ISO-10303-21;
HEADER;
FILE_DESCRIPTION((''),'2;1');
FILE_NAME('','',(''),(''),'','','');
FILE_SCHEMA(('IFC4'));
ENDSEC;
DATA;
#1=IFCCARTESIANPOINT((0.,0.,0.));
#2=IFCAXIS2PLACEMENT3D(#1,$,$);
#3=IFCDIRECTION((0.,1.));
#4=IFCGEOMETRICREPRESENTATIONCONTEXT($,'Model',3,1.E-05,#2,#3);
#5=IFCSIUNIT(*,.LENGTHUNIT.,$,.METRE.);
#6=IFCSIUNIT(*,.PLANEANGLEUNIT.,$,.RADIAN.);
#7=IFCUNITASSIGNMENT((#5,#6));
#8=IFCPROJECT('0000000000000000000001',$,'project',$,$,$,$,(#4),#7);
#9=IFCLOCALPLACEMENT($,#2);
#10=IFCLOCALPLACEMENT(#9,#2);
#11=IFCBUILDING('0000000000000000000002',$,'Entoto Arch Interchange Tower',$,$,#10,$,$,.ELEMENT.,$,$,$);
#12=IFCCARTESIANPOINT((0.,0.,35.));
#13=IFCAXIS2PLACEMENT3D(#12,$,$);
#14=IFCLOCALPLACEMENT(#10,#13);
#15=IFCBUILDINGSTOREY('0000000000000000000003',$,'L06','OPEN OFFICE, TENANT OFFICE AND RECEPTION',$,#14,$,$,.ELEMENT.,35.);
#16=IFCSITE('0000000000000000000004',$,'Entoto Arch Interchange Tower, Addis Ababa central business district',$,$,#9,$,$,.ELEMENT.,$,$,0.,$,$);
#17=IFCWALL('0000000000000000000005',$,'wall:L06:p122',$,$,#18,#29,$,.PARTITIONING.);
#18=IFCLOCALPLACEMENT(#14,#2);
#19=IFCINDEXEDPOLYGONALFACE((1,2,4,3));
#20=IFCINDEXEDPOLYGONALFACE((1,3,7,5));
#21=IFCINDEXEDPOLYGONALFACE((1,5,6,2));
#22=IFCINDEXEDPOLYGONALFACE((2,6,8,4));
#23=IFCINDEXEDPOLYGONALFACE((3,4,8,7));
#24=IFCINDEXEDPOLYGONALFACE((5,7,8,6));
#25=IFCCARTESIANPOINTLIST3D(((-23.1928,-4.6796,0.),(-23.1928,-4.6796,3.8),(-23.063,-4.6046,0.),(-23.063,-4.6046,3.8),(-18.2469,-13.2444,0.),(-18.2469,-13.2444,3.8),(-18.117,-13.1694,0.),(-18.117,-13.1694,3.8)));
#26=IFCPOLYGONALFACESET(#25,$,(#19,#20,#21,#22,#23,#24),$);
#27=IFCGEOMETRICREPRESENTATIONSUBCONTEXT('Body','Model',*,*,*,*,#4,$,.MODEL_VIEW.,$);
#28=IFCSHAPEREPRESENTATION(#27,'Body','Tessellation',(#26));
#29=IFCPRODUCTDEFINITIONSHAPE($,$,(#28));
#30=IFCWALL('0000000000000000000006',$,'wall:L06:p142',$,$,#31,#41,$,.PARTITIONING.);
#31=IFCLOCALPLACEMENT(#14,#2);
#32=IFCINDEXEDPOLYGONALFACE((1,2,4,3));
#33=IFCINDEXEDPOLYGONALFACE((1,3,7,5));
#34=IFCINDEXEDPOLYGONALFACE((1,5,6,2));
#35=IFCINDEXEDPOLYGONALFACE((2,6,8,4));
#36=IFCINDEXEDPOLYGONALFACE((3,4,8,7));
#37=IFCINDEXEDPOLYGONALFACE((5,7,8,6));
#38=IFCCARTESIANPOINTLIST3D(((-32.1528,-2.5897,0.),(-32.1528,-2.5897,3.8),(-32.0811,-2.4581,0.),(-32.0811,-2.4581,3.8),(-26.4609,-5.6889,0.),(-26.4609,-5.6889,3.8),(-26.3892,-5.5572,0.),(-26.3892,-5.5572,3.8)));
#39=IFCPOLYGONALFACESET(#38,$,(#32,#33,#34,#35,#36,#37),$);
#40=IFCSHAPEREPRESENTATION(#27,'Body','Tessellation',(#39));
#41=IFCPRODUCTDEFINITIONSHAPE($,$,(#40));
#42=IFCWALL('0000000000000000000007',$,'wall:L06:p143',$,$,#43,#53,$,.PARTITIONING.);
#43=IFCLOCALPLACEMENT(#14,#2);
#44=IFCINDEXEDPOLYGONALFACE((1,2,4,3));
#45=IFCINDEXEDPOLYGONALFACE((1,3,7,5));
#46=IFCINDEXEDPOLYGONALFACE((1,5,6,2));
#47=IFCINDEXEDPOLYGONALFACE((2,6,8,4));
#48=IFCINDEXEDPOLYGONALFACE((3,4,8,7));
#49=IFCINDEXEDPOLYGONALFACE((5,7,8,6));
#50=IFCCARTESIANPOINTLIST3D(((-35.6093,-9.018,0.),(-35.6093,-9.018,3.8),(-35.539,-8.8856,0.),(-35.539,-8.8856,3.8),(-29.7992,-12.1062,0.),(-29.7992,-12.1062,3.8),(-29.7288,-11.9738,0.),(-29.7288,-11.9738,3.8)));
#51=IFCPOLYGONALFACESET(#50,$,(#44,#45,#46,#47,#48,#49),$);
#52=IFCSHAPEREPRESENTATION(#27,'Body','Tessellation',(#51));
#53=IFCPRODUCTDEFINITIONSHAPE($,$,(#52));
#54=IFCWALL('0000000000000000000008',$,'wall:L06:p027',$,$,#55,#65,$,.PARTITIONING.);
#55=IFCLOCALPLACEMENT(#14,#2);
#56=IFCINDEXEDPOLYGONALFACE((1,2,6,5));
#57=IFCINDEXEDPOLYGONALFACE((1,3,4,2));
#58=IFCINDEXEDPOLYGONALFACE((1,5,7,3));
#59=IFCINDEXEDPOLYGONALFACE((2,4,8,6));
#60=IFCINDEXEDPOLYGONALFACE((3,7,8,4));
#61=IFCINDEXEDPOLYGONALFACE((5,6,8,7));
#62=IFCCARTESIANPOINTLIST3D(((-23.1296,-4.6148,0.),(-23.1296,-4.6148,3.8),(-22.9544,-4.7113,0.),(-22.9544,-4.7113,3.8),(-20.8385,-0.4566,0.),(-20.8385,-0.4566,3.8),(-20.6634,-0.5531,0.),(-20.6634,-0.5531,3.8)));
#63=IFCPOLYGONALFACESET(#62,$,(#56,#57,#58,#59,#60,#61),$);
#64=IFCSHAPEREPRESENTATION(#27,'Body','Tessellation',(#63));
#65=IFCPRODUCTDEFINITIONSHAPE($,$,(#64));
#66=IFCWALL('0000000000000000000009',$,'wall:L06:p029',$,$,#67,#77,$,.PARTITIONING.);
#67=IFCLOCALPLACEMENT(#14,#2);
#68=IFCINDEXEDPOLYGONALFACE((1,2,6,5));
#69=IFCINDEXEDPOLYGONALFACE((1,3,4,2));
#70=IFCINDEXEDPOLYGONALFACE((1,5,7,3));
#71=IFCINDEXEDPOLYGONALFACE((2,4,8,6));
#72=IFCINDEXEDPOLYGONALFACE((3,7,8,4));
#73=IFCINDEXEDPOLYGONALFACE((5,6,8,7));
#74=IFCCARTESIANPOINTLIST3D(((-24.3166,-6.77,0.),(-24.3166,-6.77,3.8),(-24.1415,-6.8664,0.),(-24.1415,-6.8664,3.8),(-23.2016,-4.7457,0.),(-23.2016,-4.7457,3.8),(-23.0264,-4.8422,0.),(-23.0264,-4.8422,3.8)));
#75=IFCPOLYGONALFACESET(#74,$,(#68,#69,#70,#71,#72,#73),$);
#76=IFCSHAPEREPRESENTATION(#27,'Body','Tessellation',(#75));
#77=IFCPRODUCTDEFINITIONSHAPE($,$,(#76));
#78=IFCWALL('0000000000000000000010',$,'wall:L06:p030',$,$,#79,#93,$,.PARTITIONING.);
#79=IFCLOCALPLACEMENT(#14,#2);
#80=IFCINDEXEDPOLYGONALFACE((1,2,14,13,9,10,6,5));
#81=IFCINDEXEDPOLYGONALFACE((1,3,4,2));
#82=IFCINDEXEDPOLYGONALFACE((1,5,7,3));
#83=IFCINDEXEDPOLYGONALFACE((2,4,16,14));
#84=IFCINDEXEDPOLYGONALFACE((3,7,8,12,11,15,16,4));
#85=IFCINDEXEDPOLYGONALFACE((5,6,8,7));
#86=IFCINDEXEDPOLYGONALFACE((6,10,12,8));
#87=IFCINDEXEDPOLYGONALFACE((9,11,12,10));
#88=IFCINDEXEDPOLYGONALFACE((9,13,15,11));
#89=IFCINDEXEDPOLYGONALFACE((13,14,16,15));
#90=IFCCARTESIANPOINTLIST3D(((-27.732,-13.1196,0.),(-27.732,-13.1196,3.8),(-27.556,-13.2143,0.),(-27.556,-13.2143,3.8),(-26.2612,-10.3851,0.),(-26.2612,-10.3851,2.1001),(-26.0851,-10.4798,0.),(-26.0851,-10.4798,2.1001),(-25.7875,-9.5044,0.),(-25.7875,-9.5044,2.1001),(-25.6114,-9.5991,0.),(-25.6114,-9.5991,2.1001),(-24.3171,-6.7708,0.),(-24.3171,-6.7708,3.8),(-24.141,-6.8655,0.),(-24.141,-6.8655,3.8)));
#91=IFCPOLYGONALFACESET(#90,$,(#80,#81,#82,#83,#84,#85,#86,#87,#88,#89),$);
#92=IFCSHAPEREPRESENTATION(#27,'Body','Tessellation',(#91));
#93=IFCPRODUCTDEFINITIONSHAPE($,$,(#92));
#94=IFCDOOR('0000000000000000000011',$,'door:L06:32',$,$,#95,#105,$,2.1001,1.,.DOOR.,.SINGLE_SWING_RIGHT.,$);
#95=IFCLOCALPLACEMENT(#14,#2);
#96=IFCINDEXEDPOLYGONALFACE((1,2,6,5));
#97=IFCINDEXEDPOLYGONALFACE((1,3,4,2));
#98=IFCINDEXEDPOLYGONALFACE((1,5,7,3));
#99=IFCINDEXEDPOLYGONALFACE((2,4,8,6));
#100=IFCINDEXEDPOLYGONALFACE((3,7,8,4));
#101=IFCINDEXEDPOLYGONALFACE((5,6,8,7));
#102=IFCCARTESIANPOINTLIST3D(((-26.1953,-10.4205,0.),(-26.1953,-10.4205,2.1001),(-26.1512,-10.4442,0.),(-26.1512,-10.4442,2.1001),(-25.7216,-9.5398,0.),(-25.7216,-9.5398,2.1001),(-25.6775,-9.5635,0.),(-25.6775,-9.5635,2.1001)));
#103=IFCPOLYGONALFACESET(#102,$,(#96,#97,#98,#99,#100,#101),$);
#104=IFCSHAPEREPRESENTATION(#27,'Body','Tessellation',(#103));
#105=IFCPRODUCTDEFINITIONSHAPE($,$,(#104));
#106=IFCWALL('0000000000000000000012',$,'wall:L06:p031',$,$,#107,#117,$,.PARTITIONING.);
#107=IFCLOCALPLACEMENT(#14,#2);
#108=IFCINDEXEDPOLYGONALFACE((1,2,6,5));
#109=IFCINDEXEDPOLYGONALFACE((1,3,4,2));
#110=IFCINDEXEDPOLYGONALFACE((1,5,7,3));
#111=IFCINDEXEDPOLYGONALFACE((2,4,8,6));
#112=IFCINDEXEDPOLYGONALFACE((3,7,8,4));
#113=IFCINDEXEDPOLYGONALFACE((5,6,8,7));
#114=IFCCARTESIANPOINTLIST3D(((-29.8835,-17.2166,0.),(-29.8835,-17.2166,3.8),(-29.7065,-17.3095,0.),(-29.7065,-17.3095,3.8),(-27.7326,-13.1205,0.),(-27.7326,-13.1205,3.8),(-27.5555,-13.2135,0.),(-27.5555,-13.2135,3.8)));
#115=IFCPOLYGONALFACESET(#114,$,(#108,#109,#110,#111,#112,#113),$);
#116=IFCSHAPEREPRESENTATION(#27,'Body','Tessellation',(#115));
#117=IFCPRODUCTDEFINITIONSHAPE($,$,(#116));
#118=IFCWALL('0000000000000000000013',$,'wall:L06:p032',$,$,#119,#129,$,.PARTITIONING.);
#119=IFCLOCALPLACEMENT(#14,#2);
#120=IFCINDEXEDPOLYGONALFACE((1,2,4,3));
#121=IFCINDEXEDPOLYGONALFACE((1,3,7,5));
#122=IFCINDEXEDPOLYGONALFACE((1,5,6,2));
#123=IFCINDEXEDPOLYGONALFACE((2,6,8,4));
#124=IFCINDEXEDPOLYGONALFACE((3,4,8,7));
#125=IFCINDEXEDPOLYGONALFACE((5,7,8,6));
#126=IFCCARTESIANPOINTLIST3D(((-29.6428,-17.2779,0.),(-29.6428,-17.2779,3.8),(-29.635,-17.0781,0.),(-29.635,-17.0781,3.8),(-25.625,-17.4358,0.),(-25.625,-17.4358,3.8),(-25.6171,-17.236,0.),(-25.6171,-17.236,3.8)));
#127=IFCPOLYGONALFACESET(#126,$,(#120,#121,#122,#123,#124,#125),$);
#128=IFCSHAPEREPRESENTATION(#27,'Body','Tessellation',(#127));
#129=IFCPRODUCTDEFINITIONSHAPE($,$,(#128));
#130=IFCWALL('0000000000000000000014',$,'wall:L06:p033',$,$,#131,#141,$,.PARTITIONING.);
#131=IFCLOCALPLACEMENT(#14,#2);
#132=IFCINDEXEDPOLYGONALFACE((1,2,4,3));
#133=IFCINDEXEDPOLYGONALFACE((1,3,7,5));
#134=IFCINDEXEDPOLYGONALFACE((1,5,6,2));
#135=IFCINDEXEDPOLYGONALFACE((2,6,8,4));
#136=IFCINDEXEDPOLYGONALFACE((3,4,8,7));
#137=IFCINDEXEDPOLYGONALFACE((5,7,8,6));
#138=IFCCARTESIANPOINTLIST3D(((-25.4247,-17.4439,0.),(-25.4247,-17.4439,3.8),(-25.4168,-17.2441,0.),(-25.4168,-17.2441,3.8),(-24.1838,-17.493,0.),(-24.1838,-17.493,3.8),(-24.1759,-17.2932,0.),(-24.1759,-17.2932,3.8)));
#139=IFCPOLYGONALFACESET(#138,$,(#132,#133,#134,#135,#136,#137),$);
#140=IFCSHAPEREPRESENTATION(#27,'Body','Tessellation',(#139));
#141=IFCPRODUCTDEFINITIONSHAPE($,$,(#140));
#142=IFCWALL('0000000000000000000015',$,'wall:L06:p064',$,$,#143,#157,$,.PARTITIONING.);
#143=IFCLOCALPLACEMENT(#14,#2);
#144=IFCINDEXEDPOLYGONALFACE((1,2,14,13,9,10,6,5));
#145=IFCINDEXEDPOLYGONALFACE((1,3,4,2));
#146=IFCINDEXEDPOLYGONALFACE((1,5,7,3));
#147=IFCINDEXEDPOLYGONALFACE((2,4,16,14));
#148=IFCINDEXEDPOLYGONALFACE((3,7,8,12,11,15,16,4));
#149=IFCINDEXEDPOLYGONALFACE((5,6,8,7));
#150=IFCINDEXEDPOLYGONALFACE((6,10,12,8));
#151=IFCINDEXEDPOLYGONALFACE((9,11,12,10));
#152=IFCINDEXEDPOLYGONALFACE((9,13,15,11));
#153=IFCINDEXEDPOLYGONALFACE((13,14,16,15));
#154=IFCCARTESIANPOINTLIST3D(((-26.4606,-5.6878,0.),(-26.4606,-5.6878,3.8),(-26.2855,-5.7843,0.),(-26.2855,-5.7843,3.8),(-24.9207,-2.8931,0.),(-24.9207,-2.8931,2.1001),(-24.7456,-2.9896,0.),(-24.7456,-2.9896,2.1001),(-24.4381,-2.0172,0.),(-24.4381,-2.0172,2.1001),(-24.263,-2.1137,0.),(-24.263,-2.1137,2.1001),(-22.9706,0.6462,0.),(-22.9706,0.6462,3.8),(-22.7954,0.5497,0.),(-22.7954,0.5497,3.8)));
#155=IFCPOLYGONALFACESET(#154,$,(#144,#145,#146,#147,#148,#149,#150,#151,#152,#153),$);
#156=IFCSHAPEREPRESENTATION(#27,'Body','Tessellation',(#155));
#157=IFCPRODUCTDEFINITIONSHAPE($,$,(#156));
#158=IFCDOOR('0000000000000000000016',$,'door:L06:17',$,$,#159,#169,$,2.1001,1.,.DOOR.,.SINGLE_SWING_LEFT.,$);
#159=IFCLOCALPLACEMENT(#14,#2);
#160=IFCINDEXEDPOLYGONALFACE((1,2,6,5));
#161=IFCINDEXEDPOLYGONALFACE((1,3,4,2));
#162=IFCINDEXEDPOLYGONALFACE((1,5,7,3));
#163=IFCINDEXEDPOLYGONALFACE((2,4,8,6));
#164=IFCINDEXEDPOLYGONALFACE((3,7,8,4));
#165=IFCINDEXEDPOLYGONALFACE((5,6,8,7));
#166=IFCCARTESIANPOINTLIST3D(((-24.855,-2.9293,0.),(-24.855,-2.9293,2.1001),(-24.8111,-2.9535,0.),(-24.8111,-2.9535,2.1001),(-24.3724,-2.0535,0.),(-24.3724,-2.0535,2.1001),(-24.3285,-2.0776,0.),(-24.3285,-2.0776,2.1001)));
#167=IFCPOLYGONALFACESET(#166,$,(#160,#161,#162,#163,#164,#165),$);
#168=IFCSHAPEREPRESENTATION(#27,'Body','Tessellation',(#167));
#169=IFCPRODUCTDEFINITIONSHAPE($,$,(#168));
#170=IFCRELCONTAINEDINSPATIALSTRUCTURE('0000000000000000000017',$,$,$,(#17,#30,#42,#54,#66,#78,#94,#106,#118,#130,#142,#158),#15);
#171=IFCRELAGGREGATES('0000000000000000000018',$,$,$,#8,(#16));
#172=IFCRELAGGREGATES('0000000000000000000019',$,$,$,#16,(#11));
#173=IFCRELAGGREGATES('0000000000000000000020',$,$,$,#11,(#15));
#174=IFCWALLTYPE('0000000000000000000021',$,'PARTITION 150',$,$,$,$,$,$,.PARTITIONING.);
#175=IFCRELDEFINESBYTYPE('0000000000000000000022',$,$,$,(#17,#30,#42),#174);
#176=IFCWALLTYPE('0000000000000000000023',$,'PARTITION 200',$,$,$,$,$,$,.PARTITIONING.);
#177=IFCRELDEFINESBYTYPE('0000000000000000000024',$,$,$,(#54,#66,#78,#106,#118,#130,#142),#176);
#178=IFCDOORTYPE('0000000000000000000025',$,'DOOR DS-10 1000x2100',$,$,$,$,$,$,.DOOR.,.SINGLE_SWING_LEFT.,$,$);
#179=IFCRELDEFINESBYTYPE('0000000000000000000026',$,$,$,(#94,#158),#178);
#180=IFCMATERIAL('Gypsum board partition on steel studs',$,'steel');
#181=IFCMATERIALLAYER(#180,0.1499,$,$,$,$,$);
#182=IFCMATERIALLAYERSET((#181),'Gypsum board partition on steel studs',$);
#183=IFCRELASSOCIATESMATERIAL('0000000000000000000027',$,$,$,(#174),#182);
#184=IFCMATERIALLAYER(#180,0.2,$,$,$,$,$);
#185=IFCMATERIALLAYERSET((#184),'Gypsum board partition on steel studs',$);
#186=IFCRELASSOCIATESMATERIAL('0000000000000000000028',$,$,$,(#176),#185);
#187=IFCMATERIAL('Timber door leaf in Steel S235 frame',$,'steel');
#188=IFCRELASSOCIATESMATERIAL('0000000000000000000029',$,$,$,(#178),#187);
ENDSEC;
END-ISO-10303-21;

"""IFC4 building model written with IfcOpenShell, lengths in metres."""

from ifc_helpers import new_model, si_unit, direction, frame, frame_2d, origin, place, context, subcontext, project, spatial, rectangle, extrude, material, layer, layer_set, type_object, element, fill, save


model = new_model("IFC4")

# Units and contexts
model_context = context("Model", 3, precision=1e-05, world=origin(), true_north=direction((0.0, 1.0)))
body_context = subcontext(model_context, "Body", "Model", "MODEL_VIEW")
ifc_project = project(units=[si_unit("LENGTHUNIT", "METRE"), si_unit("PLANEANGLEUNIT", "RADIAN")], contexts=[model_context])

# Site, building, storey
site_placement = place(None, origin())
site = spatial("IfcSite", under=ifc_project, at=site_placement, Name="Entoto Arch Interchange Tower, Addis Ababa central business district", CompositionType="ELEMENT", RefElevation=0.0)
building_placement = place(site_placement, origin())
building = spatial("IfcBuilding", under=site, at=building_placement, Name="Entoto Arch Interchange Tower", CompositionType="ELEMENT")
storey_placement = place(building_placement, frame((0.0, 0.0, 35.0)))
storey = spatial("IfcBuildingStorey", under=building, at=storey_placement, Name="L06", Description="OPEN OFFICE, TENANT OFFICE AND RECEPTION", CompositionType="ELEMENT", Elevation=35.0)

# Walls
ifc_material_1 = material(Name="Gypsum board partition on steel studs", Category="steel")
ifc_layer_1 = layer(ifc_material_1, 0.1499)
ifc_layer_set_1 = layer_set([ifc_layer_1], Name="Gypsum board partition on steel studs")
wall_type_1 = type_object("IfcWallType", Name="PARTITION 150", PredefinedType="PARTITIONING", material=ifc_layer_set_1)
wall_1_placement = place(storey_placement, frame((-18.1819, -13.207, 0.0), z_axis=(0.0, 0.0, 1.0), x_axis=(-0.500081, 0.865978, 0.0)))
element("IfcWall", 1, at=wall_1_placement, inside=storey, type_object=wall_type_1, Name="wall:L06:p122", PredefinedType="PARTITIONING", context=body_context, shape_type="SweptSolid", body=[
    extrude(rectangle(XDim=9.8904, YDim=0.1499, at=frame_2d((4.9453, 0.0))), origin(), (0.0, 0.0, 1.0), 3.8),
])
wall_2_placement = place(storey_placement, frame((-26.425, -5.623, 0.0), z_axis=(0.0, 0.0, 1.0), x_axis=(-0.878255, 0.478192, 0.0)))
element("IfcWall", 2, at=wall_2_placement, inside=storey, type_object=wall_type_1, Name="wall:L06:p142", PredefinedType="PARTITIONING", context=body_context, shape_type="SweptSolid", body=[
    extrude(rectangle(XDim=6.481, YDim=0.1499, at=frame_2d((3.2405, 0.0))), origin(), (0.0, 0.0, 1.0), 3.8),
])
wall_3_placement = place(storey_placement, frame((-29.7639, -12.04, 0.0), z_axis=(0.0, 0.0, 1.0), x_axis=(-0.883019, 0.469338, 0.0)))
element("IfcWall", 3, at=wall_3_placement, inside=storey, type_object=wall_type_1, Name="wall:L06:p143", PredefinedType="PARTITIONING", context=body_context, shape_type="SweptSolid", body=[
    extrude(rectangle(XDim=6.5798, YDim=0.1499, at=frame_2d((3.29, 0.0))), origin(), (0.0, 0.0, 1.0), 3.8),
])
ifc_layer_2 = layer(ifc_material_1, 0.2)
ifc_layer_set_2 = layer_set([ifc_layer_2], Name="Gypsum board partition on steel studs")
wall_type_2 = type_object("IfcWallType", Name="PARTITION 200", PredefinedType="PARTITIONING", material=ifc_layer_set_2)
wall_4_placement = place(storey_placement, frame((-20.751, -0.5049, 0.0), z_axis=(0.0, 0.0, 1.0), x_axis=(-0.482566, -0.87586, 0.0)))
element("IfcWall", 4, at=wall_4_placement, inside=storey, type_object=wall_type_2, Name="wall:L06:p027", PredefinedType="PARTITIONING", context=body_context, shape_type="SweptSolid", body=[
    extrude(rectangle(XDim=4.7476, YDim=0.2, at=frame_2d((2.3738, 0.0))), origin(), (0.0, 0.0, 1.0), 3.8),
])
wall_5_placement = place(storey_placement, frame((-23.114, -4.7939, 0.0), z_axis=(0.0, 0.0, 1.0), x_axis=(-0.482482, -0.875906, 0.0)))
element("IfcWall", 5, at=wall_5_placement, inside=storey, type_object=wall_type_2, Name="wall:L06:p029", PredefinedType="PARTITIONING", context=body_context, shape_type="SweptSolid", body=[
    extrude(rectangle(XDim=2.311, YDim=0.2, at=frame_2d((1.1555, 0.0))), origin(), (0.0, 0.0, 1.0), 3.8),
])

# Wall, opening, door
wall_6_placement = place(storey_placement, frame((-24.229, -6.8181, 0.0), z_axis=(0.0, 0.0, 1.0), x_axis=(-0.473714, -0.880679, 0.0)))
wall_6 = element("IfcWall", 6, at=wall_6_placement, inside=storey, type_object=wall_type_2, Name="wall:L06:p030", PredefinedType="PARTITIONING", context=body_context, shape_type="SweptSolid", body=[
    extrude(rectangle(XDim=7.209, YDim=0.2, at=frame_2d((3.6045, 0.0))), origin(), (0.0, 0.0, 1.0), 3.8),
])
opening_1_placement = place(wall_6_placement, frame((3.104, 0.0, 0.0)))
opening_1 = element("IfcOpeningElement", 7, at=opening_1_placement, cuts=wall_6, PredefinedType="OPENING", context=body_context, shape_type="SweptSolid", body=[
    extrude(rectangle(XDim=1.0, YDim=2.1001, at=frame_2d((0.5, 1.05))), frame((0.0, 0.1099, 0.0), z_axis=(0.0, -1.0, 0.0), x_axis=(1.0, 0.0, 0.0)), (0.0, 0.0, 1.0), 0.22),
])
ifc_material_2 = material(Name="Timber door leaf in Steel S235 frame", Category="steel")
door_type = type_object("IfcDoorType", Name="DOOR DS-10 1000x2100", OperationType="SINGLE_SWING_LEFT", PredefinedType="DOOR", material=ifc_material_2)
door_1_placement = place(opening_1_placement, origin())
door_1 = element("IfcDoor", 8, at=door_1_placement, inside=storey, type_object=door_type, Name="door:L06:32", OperationType="SINGLE_SWING_RIGHT", OverallHeight=2.1001, OverallWidth=1.0, PredefinedType="DOOR", context=body_context, shape_type="SweptSolid", body=[
    extrude(rectangle(XDim=1.0, YDim=2.1001, at=frame_2d((0.5, 1.05))), frame((0.0, 0.0249, 0.0), z_axis=(0.0, -1.0, 0.0), x_axis=(1.0, 0.0, 0.0)), (0.0, 0.0, 1.0), 0.05),
])
fill(opening_1, door_1)

# Walls
wall_7_placement = place(storey_placement, frame((-27.644, -13.167, 0.0), z_axis=(0.0, 0.0, 1.0), x_axis=(-0.46492, -0.885353, 0.0)))
element("IfcWall", 9, at=wall_7_placement, inside=storey, type_object=wall_type_2, Name="wall:L06:p031", PredefinedType="PARTITIONING", context=body_context, shape_type="SweptSolid", body=[
    extrude(rectangle(XDim=4.6265, YDim=0.2, at=frame_2d((2.3132, 0.0))), origin(), (0.0, 0.0, 1.0), 3.8),
])
wall_8_placement = place(storey_placement, frame((-29.6389, -17.178, 0.0), z_axis=(0.0, 0.0, 1.0), x_axis=(0.999228, -0.039284, 0.0)))
element("IfcWall", 10, at=wall_8_placement, inside=storey, type_object=wall_type_2, Name="wall:L06:p032", PredefinedType="PARTITIONING", context=body_context, shape_type="SweptSolid", body=[
    extrude(rectangle(XDim=4.021, YDim=0.2, at=frame_2d((2.0105, 0.0))), origin(), (0.0, 0.0, 1.0), 3.8),
])
wall_9_placement = place(storey_placement, frame((-25.4209, -17.344, 0.0), z_axis=(0.0, 0.0, 1.0), x_axis=(0.999219, -0.039513, 0.0)))
element("IfcWall", 11, at=wall_9_placement, inside=storey, type_object=wall_type_2, Name="wall:L06:p033", PredefinedType="PARTITIONING", context=body_context, shape_type="SweptSolid", body=[
    extrude(rectangle(XDim=1.2419, YDim=0.2, at=frame_2d((0.6211, 0.0))), origin(), (0.0, 0.0, 1.0), 3.8),
])

# Wall, opening, door
wall_10_placement = place(storey_placement, frame((-26.373, -5.7361, 0.0), z_axis=(0.0, 0.0, 1.0), x_axis=(0.482587, 0.875848, 0.0)))
wall_10 = element("IfcWall", 12, at=wall_10_placement, inside=storey, type_object=wall_type_2, Name="wall:L06:p064", PredefinedType="PARTITIONING", context=body_context, shape_type="SweptSolid", body=[
    extrude(rectangle(XDim=7.2319, YDim=0.2, at=frame_2d((3.616, 0.0))), origin(), (0.0, 0.0, 1.0), 3.8),
])
opening_2_placement = place(wall_10_placement, frame((3.1909, 0.0, 0.0)))
opening_2 = element("IfcOpeningElement", 13, at=opening_2_placement, cuts=wall_10, PredefinedType="OPENING", context=body_context, shape_type="SweptSolid", body=[
    extrude(rectangle(XDim=1.0, YDim=2.1001, at=frame_2d((0.5, 1.05))), frame((0.0, 0.1099, 0.0), z_axis=(0.0, -1.0, 0.0), x_axis=(1.0, 0.0, 0.0)), (0.0, 0.0, 1.0), 0.22),
])
door_2_placement = place(opening_2_placement, origin())
door_2 = element("IfcDoor", 14, at=door_2_placement, inside=storey, type_object=door_type, Name="door:L06:17", OperationType="SINGLE_SWING_LEFT", OverallHeight=2.1001, OverallWidth=1.0, PredefinedType="DOOR", context=body_context, shape_type="SweptSolid", body=[
    extrude(rectangle(XDim=1.0, YDim=2.1001, at=frame_2d((0.5, 1.05))), frame((0.0, 0.0249, 0.0), z_axis=(0.0, -1.0, 0.0), x_axis=(1.0, 0.0, 0.0)), (0.0, 0.0, 1.0), 0.05),
])
fill(opening_2, door_2)

save(model, "model.ifc")
